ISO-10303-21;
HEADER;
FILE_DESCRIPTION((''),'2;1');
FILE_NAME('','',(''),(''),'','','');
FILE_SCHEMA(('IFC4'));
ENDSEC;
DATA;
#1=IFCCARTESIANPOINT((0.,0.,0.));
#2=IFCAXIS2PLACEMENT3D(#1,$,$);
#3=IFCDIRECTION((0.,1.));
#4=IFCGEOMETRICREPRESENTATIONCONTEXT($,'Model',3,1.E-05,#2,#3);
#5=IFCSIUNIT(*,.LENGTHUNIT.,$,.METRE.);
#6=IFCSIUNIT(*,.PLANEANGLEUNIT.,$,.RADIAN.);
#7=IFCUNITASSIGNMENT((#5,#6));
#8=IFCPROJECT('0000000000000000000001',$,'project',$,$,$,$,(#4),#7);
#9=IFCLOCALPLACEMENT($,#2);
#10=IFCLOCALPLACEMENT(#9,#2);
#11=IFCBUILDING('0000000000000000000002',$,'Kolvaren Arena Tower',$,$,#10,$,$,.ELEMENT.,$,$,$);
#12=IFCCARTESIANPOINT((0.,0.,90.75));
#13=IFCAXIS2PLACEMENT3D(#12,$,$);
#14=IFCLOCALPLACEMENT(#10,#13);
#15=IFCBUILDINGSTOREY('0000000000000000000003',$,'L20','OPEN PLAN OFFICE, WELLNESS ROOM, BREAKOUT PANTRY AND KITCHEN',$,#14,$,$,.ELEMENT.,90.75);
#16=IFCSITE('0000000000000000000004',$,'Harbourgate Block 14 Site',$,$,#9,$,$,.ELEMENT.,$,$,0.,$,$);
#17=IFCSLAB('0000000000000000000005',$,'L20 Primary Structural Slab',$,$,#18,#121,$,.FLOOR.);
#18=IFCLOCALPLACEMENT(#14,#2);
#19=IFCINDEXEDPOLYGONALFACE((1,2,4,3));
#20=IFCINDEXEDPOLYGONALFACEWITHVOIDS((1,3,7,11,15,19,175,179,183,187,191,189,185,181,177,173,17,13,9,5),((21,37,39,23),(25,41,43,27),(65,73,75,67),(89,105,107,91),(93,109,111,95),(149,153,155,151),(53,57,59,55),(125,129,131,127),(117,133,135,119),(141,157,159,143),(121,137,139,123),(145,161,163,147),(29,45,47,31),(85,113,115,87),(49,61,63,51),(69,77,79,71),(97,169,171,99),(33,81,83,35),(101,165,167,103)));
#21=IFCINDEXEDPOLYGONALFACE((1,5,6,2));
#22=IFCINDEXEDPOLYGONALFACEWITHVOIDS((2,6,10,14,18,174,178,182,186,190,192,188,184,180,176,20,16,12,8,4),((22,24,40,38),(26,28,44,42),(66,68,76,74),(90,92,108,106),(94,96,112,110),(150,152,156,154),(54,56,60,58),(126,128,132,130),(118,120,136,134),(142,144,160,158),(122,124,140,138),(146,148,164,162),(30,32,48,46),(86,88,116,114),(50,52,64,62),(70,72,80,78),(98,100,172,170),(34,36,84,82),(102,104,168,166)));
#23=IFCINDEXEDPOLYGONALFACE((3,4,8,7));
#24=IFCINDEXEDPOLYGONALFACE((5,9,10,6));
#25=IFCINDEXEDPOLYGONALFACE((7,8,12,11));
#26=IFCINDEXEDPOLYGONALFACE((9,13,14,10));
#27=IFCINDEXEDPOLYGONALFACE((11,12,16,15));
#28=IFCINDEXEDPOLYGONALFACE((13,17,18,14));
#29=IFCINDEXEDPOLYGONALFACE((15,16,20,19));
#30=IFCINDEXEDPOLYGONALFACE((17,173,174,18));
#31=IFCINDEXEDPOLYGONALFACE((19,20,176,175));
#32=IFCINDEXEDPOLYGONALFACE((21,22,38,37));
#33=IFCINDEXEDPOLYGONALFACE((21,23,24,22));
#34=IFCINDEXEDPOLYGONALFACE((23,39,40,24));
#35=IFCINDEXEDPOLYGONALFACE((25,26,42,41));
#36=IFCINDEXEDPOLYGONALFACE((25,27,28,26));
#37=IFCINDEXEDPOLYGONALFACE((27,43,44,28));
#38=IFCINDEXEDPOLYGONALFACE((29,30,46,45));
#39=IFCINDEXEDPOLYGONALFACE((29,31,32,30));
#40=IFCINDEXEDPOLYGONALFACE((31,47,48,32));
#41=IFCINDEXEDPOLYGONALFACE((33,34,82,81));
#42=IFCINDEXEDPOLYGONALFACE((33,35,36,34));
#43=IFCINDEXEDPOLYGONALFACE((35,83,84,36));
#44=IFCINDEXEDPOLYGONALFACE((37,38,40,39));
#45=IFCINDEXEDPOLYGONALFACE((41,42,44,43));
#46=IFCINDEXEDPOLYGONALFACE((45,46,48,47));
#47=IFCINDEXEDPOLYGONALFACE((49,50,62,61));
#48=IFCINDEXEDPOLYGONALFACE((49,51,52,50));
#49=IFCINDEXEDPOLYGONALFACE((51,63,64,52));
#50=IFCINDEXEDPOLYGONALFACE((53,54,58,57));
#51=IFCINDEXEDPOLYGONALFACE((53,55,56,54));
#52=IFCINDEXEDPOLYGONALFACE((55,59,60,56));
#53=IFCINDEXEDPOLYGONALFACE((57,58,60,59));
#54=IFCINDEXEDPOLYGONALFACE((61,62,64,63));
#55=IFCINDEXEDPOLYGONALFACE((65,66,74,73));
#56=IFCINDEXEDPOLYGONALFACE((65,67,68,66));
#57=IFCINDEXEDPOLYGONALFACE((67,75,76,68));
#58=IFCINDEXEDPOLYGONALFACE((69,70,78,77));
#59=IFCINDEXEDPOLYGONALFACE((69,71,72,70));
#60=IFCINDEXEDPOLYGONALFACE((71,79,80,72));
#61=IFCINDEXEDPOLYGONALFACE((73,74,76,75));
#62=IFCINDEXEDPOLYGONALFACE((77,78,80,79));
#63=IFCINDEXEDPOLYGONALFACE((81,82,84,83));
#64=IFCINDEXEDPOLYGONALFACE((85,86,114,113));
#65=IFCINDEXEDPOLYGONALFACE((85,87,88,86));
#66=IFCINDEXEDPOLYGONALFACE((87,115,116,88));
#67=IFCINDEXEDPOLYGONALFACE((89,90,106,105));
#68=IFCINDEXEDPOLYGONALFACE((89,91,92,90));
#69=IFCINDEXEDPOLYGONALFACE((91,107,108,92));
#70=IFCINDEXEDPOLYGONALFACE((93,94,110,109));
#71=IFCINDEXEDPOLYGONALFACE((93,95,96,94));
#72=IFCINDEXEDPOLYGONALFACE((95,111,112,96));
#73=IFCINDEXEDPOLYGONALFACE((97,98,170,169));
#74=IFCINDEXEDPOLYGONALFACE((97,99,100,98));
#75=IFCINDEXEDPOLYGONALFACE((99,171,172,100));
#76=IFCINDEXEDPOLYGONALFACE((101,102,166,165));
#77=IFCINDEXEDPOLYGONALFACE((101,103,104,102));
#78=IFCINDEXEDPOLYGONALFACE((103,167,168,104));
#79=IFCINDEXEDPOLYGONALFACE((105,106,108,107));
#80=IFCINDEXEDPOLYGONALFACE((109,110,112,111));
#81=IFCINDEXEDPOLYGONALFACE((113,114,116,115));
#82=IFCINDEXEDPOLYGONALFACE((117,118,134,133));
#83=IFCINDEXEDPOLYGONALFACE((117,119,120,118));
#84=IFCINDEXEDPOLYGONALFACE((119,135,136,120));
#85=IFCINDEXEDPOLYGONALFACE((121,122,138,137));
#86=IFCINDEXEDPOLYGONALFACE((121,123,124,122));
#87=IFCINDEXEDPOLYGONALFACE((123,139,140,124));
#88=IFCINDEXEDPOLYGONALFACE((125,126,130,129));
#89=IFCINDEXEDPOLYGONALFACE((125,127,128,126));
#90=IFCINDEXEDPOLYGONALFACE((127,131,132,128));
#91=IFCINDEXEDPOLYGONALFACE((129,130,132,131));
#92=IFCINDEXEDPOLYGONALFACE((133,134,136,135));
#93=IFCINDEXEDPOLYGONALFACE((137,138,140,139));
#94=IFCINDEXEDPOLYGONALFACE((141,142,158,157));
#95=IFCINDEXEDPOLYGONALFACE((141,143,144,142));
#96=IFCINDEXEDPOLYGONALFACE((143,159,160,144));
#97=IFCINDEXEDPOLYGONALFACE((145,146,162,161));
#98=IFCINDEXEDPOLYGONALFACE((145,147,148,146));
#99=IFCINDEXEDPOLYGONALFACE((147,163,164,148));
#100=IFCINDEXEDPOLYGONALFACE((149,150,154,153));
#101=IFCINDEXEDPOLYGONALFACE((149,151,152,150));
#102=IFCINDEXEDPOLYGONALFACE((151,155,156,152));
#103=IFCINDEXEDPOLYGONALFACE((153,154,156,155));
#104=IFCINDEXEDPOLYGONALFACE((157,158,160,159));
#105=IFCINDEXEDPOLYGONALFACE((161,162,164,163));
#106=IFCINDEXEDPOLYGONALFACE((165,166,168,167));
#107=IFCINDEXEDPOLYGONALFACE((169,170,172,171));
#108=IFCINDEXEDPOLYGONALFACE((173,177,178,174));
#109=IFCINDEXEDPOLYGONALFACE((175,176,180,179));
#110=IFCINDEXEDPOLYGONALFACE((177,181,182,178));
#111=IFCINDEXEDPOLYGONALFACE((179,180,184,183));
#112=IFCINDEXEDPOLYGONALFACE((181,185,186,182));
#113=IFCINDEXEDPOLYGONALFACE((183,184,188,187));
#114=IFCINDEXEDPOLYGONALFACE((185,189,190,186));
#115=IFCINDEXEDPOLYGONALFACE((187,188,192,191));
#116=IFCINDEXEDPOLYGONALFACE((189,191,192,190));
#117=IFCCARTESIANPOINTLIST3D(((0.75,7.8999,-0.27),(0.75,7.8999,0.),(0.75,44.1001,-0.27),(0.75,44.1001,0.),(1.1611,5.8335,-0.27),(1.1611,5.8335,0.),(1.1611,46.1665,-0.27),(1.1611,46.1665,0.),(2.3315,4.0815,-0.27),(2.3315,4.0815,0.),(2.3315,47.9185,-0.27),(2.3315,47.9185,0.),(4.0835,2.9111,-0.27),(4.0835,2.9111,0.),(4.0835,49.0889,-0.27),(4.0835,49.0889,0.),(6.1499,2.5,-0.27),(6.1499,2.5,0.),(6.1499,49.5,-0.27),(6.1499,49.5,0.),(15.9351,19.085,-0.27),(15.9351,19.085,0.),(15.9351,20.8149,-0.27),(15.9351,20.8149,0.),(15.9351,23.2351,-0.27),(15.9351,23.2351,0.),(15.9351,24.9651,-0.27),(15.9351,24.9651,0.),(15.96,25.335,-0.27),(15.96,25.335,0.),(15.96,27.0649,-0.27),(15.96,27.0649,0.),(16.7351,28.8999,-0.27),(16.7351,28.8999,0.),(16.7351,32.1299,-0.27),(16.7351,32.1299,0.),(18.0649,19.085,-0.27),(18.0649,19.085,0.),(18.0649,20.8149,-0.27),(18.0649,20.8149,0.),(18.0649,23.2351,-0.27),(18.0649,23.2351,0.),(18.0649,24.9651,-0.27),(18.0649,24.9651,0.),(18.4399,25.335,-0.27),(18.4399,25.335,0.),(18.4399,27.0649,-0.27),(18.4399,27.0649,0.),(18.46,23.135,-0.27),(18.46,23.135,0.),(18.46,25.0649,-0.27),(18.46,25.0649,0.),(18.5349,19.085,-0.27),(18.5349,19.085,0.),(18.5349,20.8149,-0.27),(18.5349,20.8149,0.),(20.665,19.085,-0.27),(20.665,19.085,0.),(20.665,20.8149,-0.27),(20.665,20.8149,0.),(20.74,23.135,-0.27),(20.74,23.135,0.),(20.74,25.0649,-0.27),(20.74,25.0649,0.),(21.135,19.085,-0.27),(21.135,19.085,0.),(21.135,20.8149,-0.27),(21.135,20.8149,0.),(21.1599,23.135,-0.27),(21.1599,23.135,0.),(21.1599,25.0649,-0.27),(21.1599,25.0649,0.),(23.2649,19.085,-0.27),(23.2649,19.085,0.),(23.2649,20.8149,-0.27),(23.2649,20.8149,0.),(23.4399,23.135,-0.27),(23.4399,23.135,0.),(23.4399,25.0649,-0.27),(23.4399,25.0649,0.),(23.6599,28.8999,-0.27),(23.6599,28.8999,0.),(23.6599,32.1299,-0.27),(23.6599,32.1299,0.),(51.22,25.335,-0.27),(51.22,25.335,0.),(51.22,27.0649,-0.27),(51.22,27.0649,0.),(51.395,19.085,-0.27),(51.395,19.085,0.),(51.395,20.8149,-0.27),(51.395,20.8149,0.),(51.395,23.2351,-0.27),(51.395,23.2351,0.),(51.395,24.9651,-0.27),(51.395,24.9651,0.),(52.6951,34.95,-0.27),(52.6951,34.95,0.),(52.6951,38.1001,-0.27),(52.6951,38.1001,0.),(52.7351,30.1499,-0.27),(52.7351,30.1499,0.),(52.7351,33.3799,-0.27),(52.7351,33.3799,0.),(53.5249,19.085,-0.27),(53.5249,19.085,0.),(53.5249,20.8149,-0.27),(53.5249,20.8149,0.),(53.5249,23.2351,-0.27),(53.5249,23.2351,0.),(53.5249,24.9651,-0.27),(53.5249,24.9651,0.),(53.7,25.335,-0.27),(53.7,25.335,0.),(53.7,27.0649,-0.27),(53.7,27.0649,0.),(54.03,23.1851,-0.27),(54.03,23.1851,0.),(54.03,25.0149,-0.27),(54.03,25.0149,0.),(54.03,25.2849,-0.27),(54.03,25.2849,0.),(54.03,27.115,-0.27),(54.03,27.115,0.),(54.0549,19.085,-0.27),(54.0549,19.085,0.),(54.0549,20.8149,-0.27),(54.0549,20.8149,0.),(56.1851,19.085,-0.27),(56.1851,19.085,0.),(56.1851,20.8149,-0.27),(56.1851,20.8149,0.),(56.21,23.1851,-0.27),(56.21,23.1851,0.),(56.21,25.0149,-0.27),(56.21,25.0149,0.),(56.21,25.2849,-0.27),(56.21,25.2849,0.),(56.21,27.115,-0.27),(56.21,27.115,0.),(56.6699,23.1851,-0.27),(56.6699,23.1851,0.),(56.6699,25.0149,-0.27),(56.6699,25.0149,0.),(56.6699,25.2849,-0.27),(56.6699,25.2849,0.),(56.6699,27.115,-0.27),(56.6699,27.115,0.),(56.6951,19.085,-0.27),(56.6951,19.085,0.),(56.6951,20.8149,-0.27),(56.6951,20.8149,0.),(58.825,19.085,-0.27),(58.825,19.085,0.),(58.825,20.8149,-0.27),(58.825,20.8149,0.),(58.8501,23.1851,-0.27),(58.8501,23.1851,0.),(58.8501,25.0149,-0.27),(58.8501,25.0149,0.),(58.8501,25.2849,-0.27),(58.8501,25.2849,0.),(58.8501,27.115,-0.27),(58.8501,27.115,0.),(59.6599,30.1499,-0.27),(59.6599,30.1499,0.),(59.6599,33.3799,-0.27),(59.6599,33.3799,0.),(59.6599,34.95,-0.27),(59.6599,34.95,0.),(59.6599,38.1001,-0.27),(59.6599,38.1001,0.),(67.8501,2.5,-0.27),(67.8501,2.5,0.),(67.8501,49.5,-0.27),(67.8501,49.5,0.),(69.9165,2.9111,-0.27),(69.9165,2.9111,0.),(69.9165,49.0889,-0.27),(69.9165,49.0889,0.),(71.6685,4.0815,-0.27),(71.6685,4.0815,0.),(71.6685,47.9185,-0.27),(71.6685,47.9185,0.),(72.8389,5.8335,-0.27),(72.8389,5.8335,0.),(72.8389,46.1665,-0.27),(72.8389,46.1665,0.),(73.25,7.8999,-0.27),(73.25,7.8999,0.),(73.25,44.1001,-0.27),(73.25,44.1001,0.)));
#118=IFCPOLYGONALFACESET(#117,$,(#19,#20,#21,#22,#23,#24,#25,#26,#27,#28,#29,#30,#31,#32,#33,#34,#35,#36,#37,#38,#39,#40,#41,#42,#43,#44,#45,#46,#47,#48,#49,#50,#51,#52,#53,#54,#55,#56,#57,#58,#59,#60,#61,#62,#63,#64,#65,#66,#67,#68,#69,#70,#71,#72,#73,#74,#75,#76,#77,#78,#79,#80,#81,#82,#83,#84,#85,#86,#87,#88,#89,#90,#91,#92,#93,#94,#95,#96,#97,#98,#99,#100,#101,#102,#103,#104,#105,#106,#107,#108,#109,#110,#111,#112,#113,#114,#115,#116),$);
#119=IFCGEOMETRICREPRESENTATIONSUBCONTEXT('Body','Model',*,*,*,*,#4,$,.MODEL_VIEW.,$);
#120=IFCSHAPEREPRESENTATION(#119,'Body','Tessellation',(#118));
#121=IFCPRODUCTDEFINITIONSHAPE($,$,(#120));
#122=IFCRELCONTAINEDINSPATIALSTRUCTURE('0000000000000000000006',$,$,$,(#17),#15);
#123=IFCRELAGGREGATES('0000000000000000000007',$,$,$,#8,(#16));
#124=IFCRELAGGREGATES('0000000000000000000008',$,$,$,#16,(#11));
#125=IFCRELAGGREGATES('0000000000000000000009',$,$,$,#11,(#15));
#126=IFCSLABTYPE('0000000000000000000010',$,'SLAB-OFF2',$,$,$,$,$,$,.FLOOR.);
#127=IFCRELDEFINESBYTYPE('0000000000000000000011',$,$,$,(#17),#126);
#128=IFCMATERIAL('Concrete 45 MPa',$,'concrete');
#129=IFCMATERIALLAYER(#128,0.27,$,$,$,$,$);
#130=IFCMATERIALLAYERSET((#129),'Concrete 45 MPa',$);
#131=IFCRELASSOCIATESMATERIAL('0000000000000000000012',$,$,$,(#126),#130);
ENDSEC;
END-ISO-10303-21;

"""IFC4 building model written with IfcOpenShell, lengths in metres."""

from ifc_helpers import new_model, si_unit, direction, frame, origin, place, context, subcontext, project, spatial, polyline, outline, extrude, material, layer, layer_set, type_object, element, save


model = new_model("IFC4")

# Units and contexts
model_context = context("Model", 3, precision=1e-05, world=origin(), true_north=direction((0.0, 1.0)))
body_context = subcontext(model_context, "Body", "Model", "MODEL_VIEW")
ifc_project = project(units=[si_unit("LENGTHUNIT", "METRE"), si_unit("PLANEANGLEUNIT", "RADIAN")], contexts=[model_context])

# Site, building, storey
site_placement = place(None, origin())
site = spatial("IfcSite", under=ifc_project, at=site_placement, Name="Harbourgate Block 14 Site", CompositionType="ELEMENT", RefElevation=0.0)
building_placement = place(site_placement, origin())
building = spatial("IfcBuilding", under=site, at=building_placement, Name="Kolvaren Arena Tower", CompositionType="ELEMENT")
storey_placement = place(building_placement, frame((0.0, 0.0, 90.75)))
storey = spatial("IfcBuildingStorey", under=building, at=storey_placement, Name="L20", Description="OPEN PLAN OFFICE, WELLNESS ROOM, BREAKOUT PANTRY AND KITCHEN", CompositionType="ELEMENT", Elevation=90.75)

# Shared definitions
ifc_material_1 = material(Name="Concrete 45 MPa", Category="concrete")

# Slab
ifc_layer_1 = layer(ifc_material_1, 0.27)
ifc_layer_set_1 = layer_set([ifc_layer_1], Name="Concrete 45 MPa")
slab_type_1 = type_object("IfcSlabType", Name="SLAB-OFF2", PredefinedType="FLOOR", material=ifc_layer_set_1)
slab_1_placement = place(storey_placement, frame((0.0, 0.0, -0.27)))
element("IfcSlab", 1, at=slab_1_placement, inside=storey, type_object=slab_type_1, Name="L20 Primary Structural Slab", PredefinedType="FLOOR", context=body_context, shape_type="SweptSolid", body=[
    extrude(outline(polyline([(67.8501, 2.5), (69.9165, 2.9111), (71.6685, 4.0815), (72.8389, 5.8335), (73.25, 7.8999), (73.25, 44.1001), (72.8389, 46.1665), (71.6685, 47.9185), (69.9165, 49.0889), (67.8501, 49.5), (6.1499, 49.5), (4.0835, 49.0889), (2.3315, 47.9185), (1.1611, 46.1665), (0.75, 44.1001), (0.75, 7.8999), (1.1611, 5.8335), (2.3315, 4.0815), (4.0835, 2.9111), (6.1499, 2.5), (67.8501, 2.5)]), holes=[polyline([(15.9351, 19.085), (15.9351, 20.8149), (18.0649, 20.8149), (18.0649, 19.085), (15.9351, 19.085)]), polyline([(18.5349, 19.085), (18.5349, 20.8149), (20.665, 20.8149), (20.665, 19.085), (18.5349, 19.085)]), polyline([(21.135, 19.085), (21.135, 20.8149), (23.2649, 20.8149), (23.2649, 19.085), (21.135, 19.085)]), polyline([(51.395, 19.085), (51.395, 20.8149), (53.5249, 20.8149), (53.5249, 19.085), (51.395, 19.085)]), polyline([(54.0549, 19.085), (54.0549, 20.8149), (56.1851, 20.8149), (56.1851, 19.085), (54.0549, 19.085)]), polyline([(56.6951, 19.085), (56.6951, 20.8149), (58.825, 20.8149), (58.825, 19.085), (56.6951, 19.085)]), polyline([(18.46, 23.135), (18.46, 25.0649), (20.74, 25.0649), (20.74, 23.135), (18.46, 23.135)]), polyline([(21.1599, 23.135), (21.1599, 25.0649), (23.4399, 25.0649), (23.4399, 23.135), (21.1599, 23.135)]), polyline([(54.03, 25.0149), (56.21, 25.0149), (56.21, 23.1851), (54.03, 23.1851), (54.03, 25.0149)]), polyline([(56.6699, 25.0149), (58.8501, 25.0149), (58.8501, 23.1851), (56.6699, 23.1851), (56.6699, 25.0149)]), polyline([(15.9351, 23.2351), (15.9351, 24.9651), (18.0649, 24.9651), (18.0649, 23.2351), (15.9351, 23.2351)]), polyline([(51.395, 24.9651), (53.5249, 24.9651), (53.5249, 23.2351), (51.395, 23.2351), (51.395, 24.9651)]), polyline([(54.03, 25.2849), (54.03, 27.115), (56.21, 27.115), (56.21, 25.2849), (54.03, 25.2849)]), polyline([(56.6699, 25.2849), (56.6699, 27.115), (58.8501, 27.115), (58.8501, 25.2849), (56.6699, 25.2849)]), polyline([(15.96, 27.0649), (18.4399, 27.0649), (18.4399, 25.335), (15.96, 25.335), (15.96, 27.0649)]), polyline([(51.22, 25.335), (51.22, 27.0649), (53.7, 27.0649), (53.7, 25.335), (51.22, 25.335)]), polyline([(16.7351, 28.8999), (16.7351, 32.1299), (23.6599, 32.1299), (23.6599, 28.8999), (16.7351, 28.8999)]), polyline([(52.7351, 33.3799), (59.6599, 33.3799), (59.6599, 30.1499), (52.7351, 30.1499), (52.7351, 33.3799)]), polyline([(52.6951, 38.1001), (59.6599, 38.1001), (59.6599, 34.95), (52.6951, 34.95), (52.6951, 38.1001)])]), origin(), (0.0, 0.0, 1.0), 0.27),
])

save(model, "model.ifc")
